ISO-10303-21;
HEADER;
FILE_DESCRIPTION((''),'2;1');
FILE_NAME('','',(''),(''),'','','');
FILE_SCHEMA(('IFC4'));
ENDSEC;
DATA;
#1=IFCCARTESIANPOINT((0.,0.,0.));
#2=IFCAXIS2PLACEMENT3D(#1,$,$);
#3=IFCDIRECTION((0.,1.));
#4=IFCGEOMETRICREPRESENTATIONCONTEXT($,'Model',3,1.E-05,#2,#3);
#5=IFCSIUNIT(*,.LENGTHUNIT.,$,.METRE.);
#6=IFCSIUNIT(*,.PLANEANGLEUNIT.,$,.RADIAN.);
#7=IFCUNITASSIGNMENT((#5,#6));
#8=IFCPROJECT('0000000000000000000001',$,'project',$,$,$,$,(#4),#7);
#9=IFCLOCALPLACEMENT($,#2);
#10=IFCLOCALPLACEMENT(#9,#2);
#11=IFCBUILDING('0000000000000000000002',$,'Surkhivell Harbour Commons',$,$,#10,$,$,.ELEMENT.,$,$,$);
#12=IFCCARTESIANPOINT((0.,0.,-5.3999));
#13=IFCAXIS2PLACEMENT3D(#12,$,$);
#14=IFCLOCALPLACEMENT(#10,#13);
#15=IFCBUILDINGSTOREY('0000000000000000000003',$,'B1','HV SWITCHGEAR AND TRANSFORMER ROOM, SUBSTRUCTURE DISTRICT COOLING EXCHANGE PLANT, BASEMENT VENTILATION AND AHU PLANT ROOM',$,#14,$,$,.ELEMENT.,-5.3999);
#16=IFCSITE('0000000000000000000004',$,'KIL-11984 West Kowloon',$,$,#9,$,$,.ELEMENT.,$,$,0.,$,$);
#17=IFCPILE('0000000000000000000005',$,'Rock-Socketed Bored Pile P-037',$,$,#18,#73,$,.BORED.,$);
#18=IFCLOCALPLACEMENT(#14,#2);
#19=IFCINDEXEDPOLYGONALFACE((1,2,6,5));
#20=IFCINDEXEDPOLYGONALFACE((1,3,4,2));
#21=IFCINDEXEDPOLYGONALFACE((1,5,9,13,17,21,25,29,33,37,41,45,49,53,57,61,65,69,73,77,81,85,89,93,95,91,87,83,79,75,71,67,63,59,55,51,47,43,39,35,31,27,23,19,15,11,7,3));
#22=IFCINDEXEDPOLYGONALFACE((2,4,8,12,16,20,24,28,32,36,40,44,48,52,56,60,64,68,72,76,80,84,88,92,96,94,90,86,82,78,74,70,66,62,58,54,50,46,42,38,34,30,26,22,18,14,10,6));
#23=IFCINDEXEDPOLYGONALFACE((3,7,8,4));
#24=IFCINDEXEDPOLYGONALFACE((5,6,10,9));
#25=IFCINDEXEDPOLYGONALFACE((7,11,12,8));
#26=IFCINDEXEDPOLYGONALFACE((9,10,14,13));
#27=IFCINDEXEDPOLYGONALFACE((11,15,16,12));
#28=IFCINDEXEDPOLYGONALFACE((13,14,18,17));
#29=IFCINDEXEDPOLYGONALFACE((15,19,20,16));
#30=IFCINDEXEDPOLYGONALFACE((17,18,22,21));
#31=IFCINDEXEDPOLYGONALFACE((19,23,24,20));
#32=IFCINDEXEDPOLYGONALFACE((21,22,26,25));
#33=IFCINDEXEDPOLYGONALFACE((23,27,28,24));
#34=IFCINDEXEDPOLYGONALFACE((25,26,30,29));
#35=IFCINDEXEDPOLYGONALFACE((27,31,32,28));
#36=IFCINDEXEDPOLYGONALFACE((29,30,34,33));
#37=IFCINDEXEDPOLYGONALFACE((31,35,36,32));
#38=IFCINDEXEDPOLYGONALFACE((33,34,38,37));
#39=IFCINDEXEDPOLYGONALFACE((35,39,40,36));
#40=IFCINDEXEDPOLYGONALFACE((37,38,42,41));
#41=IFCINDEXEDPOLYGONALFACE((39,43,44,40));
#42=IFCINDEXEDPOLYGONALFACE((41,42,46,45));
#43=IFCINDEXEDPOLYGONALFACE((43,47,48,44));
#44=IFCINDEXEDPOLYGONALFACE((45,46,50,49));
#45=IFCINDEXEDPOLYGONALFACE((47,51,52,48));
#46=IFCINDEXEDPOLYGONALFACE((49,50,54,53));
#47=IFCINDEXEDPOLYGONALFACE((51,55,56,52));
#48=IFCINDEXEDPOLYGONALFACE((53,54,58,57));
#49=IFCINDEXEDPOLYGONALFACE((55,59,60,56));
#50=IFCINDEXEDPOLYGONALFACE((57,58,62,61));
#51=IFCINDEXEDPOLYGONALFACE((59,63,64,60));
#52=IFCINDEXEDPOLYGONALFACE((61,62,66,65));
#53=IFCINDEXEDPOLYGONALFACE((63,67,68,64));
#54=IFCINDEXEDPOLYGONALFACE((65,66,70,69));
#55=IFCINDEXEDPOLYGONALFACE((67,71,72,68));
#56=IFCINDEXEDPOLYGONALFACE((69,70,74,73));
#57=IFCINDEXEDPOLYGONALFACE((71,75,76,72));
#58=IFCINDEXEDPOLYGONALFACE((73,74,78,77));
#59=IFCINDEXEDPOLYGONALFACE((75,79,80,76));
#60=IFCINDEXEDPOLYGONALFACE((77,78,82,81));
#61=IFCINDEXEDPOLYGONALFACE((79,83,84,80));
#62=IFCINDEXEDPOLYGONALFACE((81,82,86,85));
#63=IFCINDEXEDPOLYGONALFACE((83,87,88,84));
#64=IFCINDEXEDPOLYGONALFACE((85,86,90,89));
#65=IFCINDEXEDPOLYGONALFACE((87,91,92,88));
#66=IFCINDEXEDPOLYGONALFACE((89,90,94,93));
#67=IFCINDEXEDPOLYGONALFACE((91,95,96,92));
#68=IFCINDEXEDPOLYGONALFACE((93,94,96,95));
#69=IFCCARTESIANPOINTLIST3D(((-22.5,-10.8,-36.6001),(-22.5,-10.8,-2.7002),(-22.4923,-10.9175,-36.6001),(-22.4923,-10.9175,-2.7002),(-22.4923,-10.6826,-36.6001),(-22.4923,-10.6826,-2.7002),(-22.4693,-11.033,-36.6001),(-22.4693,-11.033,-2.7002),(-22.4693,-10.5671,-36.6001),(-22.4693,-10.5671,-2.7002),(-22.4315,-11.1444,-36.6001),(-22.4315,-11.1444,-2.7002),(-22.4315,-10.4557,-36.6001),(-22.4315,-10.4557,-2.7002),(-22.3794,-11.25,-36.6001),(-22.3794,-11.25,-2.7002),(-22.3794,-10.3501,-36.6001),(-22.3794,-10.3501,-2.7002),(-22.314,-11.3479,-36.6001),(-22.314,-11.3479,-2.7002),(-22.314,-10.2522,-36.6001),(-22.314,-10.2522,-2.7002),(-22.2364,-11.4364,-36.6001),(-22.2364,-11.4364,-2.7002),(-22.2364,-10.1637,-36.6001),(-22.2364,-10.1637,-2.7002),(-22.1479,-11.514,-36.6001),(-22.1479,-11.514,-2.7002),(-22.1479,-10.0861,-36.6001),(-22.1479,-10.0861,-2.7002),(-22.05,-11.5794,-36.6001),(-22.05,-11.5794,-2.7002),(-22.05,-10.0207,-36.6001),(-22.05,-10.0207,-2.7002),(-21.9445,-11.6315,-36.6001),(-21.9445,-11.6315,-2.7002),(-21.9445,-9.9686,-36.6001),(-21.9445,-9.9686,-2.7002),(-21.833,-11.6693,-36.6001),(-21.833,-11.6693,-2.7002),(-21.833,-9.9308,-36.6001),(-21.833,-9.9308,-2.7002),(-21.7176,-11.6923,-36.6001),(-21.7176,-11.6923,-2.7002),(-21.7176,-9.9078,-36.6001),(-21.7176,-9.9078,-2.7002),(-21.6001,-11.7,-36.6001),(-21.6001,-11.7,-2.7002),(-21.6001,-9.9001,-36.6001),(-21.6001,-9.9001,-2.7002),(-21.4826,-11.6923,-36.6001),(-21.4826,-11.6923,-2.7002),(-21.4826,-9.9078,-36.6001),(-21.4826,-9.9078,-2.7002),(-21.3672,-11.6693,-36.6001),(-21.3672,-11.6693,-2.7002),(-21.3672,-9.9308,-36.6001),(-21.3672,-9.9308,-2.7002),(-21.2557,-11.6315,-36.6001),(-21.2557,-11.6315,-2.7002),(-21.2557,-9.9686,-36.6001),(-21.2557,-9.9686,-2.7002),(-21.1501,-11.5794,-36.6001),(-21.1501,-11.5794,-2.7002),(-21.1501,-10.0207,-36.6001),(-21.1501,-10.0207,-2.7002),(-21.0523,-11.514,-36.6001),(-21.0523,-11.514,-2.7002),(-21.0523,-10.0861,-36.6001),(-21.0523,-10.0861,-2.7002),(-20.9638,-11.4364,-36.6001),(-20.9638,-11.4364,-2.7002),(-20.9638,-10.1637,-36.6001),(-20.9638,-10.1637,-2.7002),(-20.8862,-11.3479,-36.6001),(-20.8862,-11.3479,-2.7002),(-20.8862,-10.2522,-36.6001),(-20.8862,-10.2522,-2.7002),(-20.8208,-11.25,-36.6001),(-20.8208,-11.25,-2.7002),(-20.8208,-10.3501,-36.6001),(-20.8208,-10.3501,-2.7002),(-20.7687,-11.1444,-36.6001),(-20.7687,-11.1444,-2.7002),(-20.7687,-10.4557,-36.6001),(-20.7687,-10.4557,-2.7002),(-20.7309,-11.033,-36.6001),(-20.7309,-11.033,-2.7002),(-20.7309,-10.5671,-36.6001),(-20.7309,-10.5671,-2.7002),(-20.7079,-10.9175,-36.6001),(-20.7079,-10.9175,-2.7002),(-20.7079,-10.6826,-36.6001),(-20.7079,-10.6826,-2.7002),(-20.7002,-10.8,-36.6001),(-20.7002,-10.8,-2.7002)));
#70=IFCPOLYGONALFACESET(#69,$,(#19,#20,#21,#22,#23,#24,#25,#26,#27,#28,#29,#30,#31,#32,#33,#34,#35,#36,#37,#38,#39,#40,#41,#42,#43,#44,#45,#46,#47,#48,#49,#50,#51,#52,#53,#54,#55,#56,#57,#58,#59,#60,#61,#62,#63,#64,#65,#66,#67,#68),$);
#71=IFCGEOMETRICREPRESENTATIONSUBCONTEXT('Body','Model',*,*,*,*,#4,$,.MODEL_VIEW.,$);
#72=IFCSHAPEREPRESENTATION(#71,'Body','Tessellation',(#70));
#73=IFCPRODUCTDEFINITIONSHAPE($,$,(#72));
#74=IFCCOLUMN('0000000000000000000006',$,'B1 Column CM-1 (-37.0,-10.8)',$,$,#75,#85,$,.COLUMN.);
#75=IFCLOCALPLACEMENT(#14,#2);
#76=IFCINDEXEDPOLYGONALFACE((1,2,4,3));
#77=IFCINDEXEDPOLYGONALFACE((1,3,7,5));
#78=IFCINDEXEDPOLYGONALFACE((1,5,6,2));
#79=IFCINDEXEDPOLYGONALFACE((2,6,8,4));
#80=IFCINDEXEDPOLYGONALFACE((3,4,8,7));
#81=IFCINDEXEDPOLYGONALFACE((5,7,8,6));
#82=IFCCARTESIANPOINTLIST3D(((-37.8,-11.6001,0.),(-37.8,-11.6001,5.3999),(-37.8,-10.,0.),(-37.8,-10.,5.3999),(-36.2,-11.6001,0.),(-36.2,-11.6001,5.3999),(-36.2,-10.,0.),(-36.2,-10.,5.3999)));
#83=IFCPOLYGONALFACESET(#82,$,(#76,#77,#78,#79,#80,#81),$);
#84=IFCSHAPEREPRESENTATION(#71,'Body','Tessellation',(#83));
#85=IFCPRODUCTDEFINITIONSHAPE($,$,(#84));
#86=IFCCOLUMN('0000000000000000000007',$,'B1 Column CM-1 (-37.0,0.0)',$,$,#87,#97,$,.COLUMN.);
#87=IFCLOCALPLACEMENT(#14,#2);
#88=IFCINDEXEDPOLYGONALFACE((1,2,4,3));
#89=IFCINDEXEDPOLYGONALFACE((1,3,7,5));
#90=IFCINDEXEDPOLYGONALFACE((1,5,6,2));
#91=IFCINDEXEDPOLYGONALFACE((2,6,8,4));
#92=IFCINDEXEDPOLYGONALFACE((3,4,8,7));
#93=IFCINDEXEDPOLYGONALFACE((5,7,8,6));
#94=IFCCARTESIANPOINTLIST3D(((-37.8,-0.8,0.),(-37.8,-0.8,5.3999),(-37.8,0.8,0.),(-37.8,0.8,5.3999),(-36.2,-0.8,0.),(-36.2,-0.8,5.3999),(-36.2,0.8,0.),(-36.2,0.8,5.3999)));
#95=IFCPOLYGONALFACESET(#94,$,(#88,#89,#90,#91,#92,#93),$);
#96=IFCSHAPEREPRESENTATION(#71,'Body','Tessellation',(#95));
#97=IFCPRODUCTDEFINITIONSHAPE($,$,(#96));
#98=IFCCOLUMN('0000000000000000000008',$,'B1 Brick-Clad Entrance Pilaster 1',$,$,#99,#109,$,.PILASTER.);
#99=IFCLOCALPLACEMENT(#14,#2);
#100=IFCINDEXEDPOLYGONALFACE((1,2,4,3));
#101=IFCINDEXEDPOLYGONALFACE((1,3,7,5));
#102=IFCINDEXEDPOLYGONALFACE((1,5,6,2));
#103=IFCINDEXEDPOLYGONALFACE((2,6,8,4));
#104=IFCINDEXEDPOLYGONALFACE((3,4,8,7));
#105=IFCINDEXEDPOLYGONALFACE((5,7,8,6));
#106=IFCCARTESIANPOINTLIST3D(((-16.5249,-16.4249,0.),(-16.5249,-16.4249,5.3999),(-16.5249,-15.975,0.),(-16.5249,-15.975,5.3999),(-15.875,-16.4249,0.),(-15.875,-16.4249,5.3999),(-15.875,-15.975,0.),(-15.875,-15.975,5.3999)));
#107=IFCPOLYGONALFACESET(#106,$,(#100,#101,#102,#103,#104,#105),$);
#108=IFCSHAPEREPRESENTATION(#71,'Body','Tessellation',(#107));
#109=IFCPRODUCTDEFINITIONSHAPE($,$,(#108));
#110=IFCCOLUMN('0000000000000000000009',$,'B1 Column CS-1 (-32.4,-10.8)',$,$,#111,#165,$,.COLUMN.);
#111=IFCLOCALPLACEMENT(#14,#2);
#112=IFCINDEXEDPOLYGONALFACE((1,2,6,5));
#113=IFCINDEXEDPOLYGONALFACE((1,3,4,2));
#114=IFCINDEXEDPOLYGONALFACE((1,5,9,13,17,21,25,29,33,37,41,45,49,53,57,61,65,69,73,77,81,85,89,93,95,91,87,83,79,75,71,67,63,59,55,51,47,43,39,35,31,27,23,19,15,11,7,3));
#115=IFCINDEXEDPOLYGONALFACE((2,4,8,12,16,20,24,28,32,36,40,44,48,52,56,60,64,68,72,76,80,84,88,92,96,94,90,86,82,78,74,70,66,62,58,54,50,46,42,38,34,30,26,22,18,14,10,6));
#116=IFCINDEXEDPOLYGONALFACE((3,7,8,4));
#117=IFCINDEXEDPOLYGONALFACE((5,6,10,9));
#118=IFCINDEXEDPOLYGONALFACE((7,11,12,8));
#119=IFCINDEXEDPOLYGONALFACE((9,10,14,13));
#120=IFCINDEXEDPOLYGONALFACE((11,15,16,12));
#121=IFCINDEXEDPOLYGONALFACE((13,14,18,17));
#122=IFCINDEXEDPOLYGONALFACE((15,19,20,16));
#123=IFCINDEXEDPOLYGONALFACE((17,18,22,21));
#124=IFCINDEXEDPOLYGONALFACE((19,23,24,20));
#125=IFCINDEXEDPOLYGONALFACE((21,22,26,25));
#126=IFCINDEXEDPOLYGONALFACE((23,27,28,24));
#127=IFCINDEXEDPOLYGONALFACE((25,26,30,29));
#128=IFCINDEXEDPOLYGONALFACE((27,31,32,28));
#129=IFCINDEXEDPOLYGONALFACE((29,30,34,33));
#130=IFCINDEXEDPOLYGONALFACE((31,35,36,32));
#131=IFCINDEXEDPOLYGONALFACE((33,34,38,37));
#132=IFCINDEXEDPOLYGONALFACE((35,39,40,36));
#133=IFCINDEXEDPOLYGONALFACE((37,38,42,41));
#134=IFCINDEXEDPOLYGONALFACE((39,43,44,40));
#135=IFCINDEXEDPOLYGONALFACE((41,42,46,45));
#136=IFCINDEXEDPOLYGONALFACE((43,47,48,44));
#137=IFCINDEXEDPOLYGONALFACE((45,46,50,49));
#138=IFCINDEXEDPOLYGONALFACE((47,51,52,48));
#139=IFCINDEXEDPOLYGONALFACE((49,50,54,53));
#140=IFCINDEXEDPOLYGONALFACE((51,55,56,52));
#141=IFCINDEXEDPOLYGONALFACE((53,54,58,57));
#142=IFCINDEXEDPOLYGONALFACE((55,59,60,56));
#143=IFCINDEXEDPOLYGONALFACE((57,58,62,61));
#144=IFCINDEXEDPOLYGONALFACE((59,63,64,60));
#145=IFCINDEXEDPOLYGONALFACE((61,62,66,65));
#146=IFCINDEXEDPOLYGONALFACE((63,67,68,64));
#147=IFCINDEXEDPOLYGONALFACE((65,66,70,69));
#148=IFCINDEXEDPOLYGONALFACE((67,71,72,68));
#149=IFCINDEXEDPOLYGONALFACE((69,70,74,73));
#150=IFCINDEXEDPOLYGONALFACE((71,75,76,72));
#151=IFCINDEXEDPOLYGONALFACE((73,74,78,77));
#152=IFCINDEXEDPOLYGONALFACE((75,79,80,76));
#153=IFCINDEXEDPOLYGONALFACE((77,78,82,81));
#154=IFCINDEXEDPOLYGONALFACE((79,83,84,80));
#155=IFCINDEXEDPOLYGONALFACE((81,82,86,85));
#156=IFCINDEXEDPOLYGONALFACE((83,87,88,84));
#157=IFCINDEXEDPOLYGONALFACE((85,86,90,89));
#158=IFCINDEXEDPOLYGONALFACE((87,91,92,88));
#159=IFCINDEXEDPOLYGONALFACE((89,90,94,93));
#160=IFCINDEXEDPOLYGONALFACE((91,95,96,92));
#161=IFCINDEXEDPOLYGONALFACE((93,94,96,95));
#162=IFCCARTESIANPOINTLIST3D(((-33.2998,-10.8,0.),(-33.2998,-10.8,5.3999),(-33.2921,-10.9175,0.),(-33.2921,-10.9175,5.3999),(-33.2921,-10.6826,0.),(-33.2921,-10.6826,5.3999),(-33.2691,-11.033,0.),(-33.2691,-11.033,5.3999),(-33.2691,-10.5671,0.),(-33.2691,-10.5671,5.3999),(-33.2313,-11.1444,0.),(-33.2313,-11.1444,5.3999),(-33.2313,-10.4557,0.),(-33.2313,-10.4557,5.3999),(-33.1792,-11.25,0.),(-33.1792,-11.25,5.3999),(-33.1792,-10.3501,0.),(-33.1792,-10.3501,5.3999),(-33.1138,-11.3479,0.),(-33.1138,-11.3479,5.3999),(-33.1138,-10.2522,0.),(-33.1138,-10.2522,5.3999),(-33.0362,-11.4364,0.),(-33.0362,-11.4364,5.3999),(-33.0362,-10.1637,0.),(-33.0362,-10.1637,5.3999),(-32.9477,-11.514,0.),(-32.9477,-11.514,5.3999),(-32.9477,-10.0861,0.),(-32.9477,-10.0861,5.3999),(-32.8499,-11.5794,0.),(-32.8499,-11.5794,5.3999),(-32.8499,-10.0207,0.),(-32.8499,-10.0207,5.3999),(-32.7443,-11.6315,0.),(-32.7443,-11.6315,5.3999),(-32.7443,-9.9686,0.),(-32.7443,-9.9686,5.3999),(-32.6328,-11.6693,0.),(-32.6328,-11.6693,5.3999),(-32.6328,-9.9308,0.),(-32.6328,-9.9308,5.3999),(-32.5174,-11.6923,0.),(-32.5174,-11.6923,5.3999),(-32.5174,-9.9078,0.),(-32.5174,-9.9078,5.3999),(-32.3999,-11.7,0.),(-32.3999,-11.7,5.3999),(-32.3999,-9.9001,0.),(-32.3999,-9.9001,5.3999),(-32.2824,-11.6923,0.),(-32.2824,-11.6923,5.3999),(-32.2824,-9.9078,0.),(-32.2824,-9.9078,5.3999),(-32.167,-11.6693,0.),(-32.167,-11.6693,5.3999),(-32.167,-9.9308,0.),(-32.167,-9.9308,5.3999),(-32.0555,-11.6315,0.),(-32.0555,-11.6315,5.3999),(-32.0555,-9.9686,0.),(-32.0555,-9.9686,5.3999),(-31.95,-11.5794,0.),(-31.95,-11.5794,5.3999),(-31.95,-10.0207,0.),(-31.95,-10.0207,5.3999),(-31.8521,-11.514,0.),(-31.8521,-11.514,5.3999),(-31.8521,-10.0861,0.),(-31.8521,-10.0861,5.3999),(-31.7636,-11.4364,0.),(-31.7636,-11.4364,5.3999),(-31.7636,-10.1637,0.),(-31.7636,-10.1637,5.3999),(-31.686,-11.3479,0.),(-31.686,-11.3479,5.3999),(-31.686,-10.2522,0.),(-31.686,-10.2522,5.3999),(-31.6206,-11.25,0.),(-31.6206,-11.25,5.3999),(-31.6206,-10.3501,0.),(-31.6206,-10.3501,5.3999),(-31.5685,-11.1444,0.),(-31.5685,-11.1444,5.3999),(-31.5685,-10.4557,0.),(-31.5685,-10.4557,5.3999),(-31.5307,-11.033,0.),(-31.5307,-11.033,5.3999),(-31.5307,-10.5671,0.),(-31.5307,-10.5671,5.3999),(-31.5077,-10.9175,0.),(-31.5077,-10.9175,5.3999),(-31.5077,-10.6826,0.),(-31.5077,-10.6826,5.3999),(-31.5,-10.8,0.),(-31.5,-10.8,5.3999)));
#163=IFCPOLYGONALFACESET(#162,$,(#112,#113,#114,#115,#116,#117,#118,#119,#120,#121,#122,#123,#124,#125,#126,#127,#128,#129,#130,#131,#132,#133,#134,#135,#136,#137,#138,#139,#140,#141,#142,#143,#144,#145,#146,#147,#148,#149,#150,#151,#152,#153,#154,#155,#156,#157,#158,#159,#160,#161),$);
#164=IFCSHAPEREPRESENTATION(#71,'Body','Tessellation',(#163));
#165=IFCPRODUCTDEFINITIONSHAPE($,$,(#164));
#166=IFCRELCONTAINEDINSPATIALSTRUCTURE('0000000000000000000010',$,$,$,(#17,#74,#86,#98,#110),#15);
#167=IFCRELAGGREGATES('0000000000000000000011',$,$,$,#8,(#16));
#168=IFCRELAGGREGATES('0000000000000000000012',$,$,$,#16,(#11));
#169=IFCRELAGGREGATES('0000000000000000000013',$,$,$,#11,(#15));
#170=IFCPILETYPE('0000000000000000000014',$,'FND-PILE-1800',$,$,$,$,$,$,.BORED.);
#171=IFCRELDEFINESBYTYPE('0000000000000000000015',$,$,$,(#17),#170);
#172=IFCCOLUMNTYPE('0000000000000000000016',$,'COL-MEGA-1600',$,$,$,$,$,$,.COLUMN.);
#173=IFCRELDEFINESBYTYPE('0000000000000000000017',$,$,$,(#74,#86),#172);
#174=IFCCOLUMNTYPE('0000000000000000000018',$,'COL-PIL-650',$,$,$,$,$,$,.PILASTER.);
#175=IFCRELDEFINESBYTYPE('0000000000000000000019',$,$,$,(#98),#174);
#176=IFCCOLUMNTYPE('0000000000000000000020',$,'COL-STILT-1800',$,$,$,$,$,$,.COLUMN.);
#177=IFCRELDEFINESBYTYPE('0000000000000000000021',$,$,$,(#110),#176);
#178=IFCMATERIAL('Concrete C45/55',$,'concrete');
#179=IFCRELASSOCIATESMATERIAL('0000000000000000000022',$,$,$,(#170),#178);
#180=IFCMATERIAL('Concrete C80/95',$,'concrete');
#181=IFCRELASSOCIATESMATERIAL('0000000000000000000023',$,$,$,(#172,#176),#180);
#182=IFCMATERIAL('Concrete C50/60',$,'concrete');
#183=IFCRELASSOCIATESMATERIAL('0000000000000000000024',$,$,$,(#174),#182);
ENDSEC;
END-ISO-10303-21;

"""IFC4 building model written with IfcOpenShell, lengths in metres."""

from ifc_helpers import new_model, si_unit, direction, frame, origin, origin_2d, place, context, subcontext, project, spatial, rectangle, circle, extrude, material, material_profile, profile_set, type_object, element, save


model = new_model("IFC4")

# Units and contexts
model_context = context("Model", 3, precision=1e-05, world=origin(), true_north=direction((0.0, 1.0)))
body_context = subcontext(model_context, "Body", "Model", "MODEL_VIEW")
ifc_project = project(units=[si_unit("LENGTHUNIT", "METRE"), si_unit("PLANEANGLEUNIT", "RADIAN")], contexts=[model_context])

# Site, building, storey
site_placement = place(None, origin())
site = spatial("IfcSite", under=ifc_project, at=site_placement, Name="KIL-11984 West Kowloon", CompositionType="ELEMENT", RefElevation=0.0)
building_placement = place(site_placement, origin())
building = spatial("IfcBuilding", under=site, at=building_placement, Name="Surkhivell Harbour Commons", CompositionType="ELEMENT")
storey_placement = place(building_placement, frame((0.0, 0.0, -5.3999)))
storey = spatial("IfcBuildingStorey", under=building, at=storey_placement, Name="B1", Description="HV SWITCHGEAR AND TRANSFORMER ROOM, SUBSTRUCTURE DISTRICT COOLING EXCHANGE PLANT, BASEMENT VENTILATION AND AHU PLANT ROOM", CompositionType="ELEMENT", Elevation=-5.3999)

# Shared definitions
ifc_material_1 = material(Name="Concrete C50/60", Category="concrete")

# Pile
ifc_material_2 = material(Name="Concrete C45/55", Category="concrete")
ifc_material_profile_1 = material_profile(ifc_material_2, circle(Radius=0.8999, at=origin_2d()), Name="PILE-1800")
ifc_profile_set_1 = profile_set([ifc_material_profile_1], Name="Concrete C45/55")
pile_type_1 = type_object("IfcPileType", Name="FND-PILE-1800", PredefinedType="BORED", material=ifc_profile_set_1)
for number, where, z_axis, x_axis, name in (
    (1, (-21.6001, -10.8, -2.7002), (0.0, 0.0, -1.0), (1.0, 0.0, 0.0), "Rock-Socketed Bored Pile P-037"),
):
    element("IfcPile", number, at=place(storey_placement, frame(where, z_axis=z_axis, x_axis=x_axis)), inside=storey, type_object=pile_type_1, Name=name, PredefinedType="BORED", context=body_context, shape_type="SweptSolid", body=[
        extrude(circle(Radius=0.8999, at=origin_2d()), origin(), (0.0, 0.0, 1.0), 33.8999),
    ])

# Columns
ifc_material_3 = material(Name="Concrete C80/95", Category="concrete")
ifc_material_profile_2 = material_profile(ifc_material_3, rectangle(XDim=1.6001, YDim=1.6001, at=origin_2d()), Name="RC-COL-1600x1600")
ifc_profile_set_2 = profile_set([ifc_material_profile_2], Name="Concrete C80/95")
column_type_1 = type_object("IfcColumnType", Name="COL-MEGA-1600", PredefinedType="COLUMN", material=ifc_profile_set_2)
for number, where, z_axis, x_axis, name in (
    (2, (-37.0, -10.8, 0.0), (0.0, 0.0, 1.0), (1.0, 0.0, 0.0), "B1 Column CM-1 (-37.0,-10.8)"),
    (3, (-37.0, 0.0, 0.0), (0.0, 0.0, 1.0), (1.0, 0.0, 0.0), "B1 Column CM-1 (-37.0,0.0)"),
):
    element("IfcColumn", number, at=place(storey_placement, frame(where, z_axis=z_axis, x_axis=x_axis)), inside=storey, type_object=column_type_1, Name=name, PredefinedType="COLUMN", context=body_context, shape_type="SweptSolid", body=[
        extrude(rectangle(XDim=1.6001, YDim=1.6001, at=origin_2d()), origin(), (0.0, 0.0, 1.0), 5.3999),
    ])
ifc_material_profile_3 = material_profile(ifc_material_1, rectangle(XDim=0.6499, YDim=0.45, at=origin_2d()), Name="RC-PIL-650x450")
ifc_profile_set_3 = profile_set([ifc_material_profile_3], Name="Concrete C50/60")
column_type_2 = type_object("IfcColumnType", Name="COL-PIL-650", PredefinedType="PILASTER", material=ifc_profile_set_3)
column_placement = place(storey_placement, frame((-16.2, -16.2, 0.0), z_axis=(0.0, 0.0, 1.0), x_axis=(1.0, 0.0, 0.0)))
element("IfcColumn", 4, at=column_placement, inside=storey, type_object=column_type_2, Name="B1 Brick-Clad Entrance Pilaster 1", PredefinedType="PILASTER", context=body_context, shape_type="SweptSolid", body=[
    extrude(rectangle(XDim=0.6499, YDim=0.45, at=origin_2d()), origin(), (0.0, 0.0, 1.0), 5.3999),
])
ifc_material_profile_4 = material_profile(ifc_material_3, circle(Radius=0.8999, at=origin_2d()), Name="RC-CIRC-1800")
ifc_profile_set_4 = profile_set([ifc_material_profile_4], Name="Concrete C80/95")
column_type_3 = type_object("IfcColumnType", Name="COL-STILT-1800", PredefinedType="COLUMN", material=ifc_profile_set_4)
for number, where, z_axis, x_axis, name in (
    (5, (-32.3999, -10.8, 0.0), (0.0, 0.0, 1.0), (1.0, 0.0, 0.0), "B1 Column CS-1 (-32.4,-10.8)"),
):
    element("IfcColumn", number, at=place(storey_placement, frame(where, z_axis=z_axis, x_axis=x_axis)), inside=storey, type_object=column_type_3, Name=name, PredefinedType="COLUMN", context=body_context, shape_type="SweptSolid", body=[
        extrude(circle(Radius=0.8999, at=origin_2d()), origin(), (0.0, 0.0, 1.0), 5.3999),
    ])

save(model, "model.ifc")
